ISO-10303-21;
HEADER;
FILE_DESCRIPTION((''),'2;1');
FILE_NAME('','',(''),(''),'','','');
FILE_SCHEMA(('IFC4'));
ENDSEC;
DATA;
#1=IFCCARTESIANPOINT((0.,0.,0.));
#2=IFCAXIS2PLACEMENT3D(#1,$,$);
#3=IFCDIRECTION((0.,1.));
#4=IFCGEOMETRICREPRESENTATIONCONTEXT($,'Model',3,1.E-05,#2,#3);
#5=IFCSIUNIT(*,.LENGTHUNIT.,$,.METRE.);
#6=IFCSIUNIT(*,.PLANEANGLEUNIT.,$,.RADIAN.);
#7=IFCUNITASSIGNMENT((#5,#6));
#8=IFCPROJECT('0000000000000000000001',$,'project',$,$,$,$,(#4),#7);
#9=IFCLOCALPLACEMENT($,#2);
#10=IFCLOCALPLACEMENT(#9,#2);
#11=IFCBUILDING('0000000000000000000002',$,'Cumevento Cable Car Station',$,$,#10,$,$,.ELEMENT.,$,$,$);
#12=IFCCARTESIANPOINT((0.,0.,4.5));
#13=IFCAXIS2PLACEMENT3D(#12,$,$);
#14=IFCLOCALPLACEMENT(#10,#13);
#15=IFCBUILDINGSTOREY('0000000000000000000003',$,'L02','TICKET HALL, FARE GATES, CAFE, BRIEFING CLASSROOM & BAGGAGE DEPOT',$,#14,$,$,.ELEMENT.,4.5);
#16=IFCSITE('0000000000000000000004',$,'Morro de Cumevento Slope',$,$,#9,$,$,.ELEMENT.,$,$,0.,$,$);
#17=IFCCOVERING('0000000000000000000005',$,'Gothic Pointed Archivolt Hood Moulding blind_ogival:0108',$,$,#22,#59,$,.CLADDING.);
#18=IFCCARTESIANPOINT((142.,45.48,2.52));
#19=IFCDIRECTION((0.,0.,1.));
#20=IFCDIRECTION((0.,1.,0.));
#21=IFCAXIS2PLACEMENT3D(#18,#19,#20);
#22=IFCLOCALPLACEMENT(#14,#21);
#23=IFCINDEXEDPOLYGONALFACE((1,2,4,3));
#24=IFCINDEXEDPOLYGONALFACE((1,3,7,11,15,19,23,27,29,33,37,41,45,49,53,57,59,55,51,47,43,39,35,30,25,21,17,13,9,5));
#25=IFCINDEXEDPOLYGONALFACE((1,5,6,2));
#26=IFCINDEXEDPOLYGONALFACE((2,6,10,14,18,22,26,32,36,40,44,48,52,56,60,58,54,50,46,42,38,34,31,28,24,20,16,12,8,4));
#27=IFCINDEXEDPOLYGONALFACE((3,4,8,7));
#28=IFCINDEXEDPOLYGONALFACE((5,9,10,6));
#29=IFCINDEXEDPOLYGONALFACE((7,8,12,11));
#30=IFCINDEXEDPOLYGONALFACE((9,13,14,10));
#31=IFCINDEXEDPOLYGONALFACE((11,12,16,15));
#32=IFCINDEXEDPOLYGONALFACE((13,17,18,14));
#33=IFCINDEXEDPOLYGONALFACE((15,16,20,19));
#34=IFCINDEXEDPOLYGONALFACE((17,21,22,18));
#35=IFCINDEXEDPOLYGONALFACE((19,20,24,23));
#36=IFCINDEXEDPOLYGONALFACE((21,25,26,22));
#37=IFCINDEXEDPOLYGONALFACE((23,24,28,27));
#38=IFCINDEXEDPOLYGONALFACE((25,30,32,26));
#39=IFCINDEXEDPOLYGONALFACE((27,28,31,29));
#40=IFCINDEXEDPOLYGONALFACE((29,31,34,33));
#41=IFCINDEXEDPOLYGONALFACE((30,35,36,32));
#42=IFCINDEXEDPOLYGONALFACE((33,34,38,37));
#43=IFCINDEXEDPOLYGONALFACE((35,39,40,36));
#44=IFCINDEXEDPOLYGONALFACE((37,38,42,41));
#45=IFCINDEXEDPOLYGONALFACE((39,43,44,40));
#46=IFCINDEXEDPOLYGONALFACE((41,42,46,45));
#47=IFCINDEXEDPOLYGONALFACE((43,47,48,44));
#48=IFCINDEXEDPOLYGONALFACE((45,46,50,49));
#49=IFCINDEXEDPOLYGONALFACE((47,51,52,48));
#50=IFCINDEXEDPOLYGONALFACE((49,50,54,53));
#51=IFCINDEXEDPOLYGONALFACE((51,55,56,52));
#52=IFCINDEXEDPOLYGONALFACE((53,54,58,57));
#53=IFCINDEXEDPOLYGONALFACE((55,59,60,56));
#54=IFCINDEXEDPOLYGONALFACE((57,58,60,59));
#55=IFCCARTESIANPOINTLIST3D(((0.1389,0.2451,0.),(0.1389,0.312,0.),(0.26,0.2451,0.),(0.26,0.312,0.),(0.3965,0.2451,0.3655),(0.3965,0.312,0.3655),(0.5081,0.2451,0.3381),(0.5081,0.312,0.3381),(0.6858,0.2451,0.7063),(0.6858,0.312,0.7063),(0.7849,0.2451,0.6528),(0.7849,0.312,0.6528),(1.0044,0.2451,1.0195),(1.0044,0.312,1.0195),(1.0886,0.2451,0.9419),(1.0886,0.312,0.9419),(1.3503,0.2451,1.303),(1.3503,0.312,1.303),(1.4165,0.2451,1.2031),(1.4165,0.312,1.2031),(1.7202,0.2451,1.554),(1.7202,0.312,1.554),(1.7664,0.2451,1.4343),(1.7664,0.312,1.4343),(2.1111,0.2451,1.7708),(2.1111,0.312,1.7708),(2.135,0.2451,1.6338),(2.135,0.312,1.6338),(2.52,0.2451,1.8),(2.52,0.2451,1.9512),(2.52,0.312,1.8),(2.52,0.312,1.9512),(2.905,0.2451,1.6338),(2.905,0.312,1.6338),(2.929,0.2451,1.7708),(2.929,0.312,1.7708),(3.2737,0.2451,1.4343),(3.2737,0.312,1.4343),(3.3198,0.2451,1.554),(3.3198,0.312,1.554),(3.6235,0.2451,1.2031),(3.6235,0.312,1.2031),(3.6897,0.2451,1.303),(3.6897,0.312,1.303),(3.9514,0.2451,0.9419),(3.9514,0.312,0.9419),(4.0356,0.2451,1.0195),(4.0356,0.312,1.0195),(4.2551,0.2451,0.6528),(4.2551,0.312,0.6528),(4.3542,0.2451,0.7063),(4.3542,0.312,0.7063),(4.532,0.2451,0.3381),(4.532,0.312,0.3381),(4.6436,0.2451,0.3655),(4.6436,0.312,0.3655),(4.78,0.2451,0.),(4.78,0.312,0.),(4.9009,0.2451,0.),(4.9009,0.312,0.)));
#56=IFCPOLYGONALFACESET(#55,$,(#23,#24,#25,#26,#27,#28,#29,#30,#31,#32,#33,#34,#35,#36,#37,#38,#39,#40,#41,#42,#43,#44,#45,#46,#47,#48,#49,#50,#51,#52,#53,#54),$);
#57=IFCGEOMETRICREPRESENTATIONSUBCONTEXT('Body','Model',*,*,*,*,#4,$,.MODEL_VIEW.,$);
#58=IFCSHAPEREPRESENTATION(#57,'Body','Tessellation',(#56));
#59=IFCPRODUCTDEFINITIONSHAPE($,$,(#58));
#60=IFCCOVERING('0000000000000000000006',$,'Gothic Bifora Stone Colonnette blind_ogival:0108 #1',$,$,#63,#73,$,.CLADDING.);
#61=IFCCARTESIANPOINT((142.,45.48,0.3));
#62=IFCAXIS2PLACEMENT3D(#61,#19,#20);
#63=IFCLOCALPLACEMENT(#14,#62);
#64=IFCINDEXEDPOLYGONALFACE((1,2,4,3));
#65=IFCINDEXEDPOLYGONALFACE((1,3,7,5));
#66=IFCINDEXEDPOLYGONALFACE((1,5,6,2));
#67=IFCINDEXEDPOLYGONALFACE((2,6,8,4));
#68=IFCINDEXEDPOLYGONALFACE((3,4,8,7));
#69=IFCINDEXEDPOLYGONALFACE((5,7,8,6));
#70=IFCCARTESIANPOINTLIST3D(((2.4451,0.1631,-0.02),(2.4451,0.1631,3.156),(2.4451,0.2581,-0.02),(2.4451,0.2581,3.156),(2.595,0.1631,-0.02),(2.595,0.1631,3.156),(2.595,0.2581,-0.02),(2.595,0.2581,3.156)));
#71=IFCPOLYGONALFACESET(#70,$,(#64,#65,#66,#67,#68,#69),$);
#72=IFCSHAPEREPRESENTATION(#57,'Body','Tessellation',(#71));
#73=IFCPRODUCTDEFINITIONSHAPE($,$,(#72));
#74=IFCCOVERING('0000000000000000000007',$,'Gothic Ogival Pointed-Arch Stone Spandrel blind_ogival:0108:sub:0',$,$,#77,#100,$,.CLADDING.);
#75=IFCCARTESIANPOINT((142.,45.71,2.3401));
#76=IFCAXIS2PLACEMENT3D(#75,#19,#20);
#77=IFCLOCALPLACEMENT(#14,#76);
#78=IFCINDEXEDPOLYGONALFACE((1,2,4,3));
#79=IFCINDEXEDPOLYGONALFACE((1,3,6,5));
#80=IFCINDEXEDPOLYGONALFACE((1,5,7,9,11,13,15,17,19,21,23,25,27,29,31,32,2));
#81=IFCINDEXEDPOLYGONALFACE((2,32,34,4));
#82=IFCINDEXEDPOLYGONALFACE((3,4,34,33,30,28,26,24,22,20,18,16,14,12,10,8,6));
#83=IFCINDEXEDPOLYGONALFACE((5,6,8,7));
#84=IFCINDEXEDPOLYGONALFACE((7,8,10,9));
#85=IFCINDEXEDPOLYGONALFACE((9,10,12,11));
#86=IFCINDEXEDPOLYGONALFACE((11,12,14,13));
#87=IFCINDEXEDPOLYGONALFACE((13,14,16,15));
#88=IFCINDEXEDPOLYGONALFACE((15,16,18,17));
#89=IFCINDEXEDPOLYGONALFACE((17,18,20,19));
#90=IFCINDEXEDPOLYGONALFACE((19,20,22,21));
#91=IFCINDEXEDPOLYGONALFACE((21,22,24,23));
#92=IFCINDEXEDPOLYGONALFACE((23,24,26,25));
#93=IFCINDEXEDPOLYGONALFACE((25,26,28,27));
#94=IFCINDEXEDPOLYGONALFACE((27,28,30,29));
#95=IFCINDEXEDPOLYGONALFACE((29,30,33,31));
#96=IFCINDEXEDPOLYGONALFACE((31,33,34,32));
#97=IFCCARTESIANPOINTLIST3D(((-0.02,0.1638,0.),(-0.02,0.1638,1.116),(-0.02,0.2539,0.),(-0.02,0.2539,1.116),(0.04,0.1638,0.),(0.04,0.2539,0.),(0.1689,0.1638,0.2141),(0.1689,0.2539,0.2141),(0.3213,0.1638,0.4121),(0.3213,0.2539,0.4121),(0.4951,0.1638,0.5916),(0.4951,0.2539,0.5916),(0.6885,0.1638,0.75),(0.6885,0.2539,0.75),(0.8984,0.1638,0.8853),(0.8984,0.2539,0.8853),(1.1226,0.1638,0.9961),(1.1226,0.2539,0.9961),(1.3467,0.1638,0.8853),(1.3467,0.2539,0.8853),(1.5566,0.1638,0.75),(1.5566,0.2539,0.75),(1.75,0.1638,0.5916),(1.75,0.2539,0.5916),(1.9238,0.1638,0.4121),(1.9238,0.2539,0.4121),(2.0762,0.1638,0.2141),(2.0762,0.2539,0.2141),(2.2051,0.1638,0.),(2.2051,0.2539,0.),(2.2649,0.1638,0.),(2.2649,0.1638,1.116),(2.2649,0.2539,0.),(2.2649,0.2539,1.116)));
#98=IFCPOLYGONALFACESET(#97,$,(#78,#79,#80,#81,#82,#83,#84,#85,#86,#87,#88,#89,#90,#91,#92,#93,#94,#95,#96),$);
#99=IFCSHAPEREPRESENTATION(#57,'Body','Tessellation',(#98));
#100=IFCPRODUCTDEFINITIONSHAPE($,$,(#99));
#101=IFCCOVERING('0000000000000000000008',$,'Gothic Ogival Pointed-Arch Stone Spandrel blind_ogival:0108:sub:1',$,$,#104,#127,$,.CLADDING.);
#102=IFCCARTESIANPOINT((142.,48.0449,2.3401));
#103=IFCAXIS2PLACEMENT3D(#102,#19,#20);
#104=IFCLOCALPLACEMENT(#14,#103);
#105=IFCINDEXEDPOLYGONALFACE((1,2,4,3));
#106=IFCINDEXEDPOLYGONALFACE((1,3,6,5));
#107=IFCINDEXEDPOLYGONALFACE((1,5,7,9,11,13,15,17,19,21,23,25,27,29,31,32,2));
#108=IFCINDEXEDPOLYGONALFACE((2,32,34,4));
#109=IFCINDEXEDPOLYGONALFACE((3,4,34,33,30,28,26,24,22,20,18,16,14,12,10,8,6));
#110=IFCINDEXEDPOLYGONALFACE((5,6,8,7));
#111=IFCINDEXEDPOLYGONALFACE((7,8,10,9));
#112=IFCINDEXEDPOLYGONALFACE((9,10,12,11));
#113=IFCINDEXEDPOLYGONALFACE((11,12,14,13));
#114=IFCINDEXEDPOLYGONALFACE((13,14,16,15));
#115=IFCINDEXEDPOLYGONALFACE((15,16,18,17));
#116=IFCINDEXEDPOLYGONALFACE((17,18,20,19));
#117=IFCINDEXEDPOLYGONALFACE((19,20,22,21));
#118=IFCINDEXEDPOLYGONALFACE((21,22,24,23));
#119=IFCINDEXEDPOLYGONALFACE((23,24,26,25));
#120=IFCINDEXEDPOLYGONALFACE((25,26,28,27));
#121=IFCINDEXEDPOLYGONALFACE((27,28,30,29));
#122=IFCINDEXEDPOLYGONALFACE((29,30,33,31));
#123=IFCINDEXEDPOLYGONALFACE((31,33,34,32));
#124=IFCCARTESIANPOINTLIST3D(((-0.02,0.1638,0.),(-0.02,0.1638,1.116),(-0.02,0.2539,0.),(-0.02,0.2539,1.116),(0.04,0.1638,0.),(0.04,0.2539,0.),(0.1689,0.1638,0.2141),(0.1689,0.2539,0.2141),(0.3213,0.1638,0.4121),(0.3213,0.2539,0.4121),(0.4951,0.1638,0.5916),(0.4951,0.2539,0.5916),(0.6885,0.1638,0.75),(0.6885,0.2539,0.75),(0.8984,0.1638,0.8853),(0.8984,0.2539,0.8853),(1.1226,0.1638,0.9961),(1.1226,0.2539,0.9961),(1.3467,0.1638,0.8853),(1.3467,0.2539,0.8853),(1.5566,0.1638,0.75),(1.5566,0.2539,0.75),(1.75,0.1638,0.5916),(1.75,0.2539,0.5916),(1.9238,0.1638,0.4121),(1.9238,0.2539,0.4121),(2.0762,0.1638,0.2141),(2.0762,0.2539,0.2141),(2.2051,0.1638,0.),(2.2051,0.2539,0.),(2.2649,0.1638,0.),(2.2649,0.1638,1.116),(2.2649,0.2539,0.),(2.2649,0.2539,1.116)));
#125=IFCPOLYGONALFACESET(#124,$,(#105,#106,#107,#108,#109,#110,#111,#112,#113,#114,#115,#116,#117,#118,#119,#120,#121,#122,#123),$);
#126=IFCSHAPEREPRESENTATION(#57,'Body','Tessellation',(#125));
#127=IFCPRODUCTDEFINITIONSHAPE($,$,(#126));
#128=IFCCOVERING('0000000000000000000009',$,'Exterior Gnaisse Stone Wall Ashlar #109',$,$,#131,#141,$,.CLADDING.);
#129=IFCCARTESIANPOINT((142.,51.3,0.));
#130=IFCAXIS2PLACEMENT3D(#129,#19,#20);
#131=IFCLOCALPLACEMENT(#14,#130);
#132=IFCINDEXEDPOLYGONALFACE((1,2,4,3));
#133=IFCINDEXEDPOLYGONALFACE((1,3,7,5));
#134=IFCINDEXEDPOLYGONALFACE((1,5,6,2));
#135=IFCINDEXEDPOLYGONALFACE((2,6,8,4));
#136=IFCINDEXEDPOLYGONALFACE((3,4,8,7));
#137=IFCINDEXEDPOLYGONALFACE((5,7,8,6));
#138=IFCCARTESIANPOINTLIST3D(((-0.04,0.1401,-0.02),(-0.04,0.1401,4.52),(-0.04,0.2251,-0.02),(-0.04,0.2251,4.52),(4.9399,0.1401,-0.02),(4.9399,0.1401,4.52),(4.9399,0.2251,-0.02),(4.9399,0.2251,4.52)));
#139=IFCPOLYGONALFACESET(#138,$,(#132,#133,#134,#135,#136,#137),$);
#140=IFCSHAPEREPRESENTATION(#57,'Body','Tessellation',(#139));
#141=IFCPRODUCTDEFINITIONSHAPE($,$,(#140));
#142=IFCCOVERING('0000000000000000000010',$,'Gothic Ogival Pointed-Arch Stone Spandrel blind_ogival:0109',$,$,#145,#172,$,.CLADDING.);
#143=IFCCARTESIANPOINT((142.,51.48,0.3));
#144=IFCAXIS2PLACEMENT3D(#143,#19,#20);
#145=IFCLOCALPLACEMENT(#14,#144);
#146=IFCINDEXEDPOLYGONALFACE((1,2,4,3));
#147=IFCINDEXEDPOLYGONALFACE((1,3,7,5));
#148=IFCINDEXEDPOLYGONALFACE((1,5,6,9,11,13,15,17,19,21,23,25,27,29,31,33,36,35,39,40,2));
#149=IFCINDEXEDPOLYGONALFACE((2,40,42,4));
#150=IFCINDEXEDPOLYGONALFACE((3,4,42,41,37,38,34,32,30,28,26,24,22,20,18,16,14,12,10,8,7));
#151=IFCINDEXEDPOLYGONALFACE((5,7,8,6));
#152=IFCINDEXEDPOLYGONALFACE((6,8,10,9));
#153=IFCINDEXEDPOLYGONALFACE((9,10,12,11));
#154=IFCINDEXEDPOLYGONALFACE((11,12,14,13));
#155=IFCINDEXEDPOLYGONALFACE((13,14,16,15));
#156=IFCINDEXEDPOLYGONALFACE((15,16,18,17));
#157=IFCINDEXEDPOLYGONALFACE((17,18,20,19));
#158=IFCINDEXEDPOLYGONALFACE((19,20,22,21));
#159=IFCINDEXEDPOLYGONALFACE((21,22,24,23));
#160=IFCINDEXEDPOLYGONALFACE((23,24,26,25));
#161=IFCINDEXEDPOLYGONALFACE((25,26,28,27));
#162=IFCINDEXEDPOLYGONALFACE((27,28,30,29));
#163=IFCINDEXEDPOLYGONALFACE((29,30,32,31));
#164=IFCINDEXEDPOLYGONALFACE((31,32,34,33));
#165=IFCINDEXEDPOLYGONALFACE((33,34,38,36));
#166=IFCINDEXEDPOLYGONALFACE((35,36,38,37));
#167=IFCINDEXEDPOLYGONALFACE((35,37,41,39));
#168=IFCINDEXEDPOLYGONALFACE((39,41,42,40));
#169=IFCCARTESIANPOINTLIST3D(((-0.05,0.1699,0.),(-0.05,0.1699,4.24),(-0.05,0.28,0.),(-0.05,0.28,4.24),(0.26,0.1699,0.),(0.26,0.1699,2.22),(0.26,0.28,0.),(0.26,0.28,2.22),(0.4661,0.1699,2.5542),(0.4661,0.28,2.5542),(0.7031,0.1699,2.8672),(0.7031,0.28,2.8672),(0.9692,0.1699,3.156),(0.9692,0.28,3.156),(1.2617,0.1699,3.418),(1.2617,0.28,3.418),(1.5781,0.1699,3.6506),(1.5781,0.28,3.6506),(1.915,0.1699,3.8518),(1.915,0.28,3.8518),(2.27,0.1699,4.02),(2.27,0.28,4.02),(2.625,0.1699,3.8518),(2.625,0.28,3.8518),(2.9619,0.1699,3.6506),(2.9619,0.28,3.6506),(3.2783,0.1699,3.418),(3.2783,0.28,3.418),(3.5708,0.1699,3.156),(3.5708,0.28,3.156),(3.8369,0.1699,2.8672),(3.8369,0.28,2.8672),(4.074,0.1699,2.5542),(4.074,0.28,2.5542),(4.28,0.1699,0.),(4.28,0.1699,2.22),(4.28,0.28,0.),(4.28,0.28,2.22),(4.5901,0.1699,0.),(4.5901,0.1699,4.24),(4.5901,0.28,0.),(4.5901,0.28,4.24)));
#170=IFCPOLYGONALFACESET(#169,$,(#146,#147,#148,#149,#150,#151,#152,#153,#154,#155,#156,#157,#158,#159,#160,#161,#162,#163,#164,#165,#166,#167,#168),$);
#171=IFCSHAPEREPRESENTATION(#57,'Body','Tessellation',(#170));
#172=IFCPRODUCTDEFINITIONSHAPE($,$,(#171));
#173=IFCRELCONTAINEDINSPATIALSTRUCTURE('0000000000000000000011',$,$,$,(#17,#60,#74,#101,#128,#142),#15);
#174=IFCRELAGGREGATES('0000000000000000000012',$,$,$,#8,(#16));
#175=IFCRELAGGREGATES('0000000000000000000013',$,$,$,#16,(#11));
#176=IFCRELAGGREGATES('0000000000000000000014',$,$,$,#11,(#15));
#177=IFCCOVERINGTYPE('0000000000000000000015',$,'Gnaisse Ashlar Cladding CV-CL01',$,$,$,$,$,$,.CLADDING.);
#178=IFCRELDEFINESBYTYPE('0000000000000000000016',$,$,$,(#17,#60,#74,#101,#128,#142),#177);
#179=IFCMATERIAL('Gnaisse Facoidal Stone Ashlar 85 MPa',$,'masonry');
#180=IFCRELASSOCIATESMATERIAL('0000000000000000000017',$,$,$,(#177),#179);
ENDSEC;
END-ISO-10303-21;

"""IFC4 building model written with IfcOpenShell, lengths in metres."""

from ifc_helpers import new_model, si_unit, direction, frame, origin, place, context, subcontext, project, spatial, polyline, outline, extrude, material, type_object, element, save


model = new_model("IFC4")

# Units and contexts
model_context = context("Model", 3, precision=1e-05, world=origin(), true_north=direction((0.0, 1.0)))
body_context = subcontext(model_context, "Body", "Model", "MODEL_VIEW")
ifc_project = project(units=[si_unit("LENGTHUNIT", "METRE"), si_unit("PLANEANGLEUNIT", "RADIAN")], contexts=[model_context])

# Site, building, storey
site_placement = place(None, origin())
site = spatial("IfcSite", under=ifc_project, at=site_placement, Name="Morro de Cumevento Slope", CompositionType="ELEMENT", RefElevation=0.0)
building_placement = place(site_placement, origin())
building = spatial("IfcBuilding", under=site, at=building_placement, Name="Cumevento Cable Car Station", CompositionType="ELEMENT")
storey_placement = place(building_placement, frame((0.0, 0.0, 4.5)))
storey = spatial("IfcBuildingStorey", under=building, at=storey_placement, Name="L02", Description="TICKET HALL, FARE GATES, CAFE, BRIEFING CLASSROOM & BAGGAGE DEPOT", CompositionType="ELEMENT", Elevation=4.5)

# Coverings
ifc_material_1 = material(Name="Gnaisse Facoidal Stone Ashlar 85 MPa", Category="masonry")
covering_type = type_object("IfcCoveringType", Name="Gnaisse Ashlar Cladding CV-CL01", PredefinedType="CLADDING", material=ifc_material_1)
placement_1 = place(storey_placement, frame((142.0, 45.48, 0.3), z_axis=(0.0, 0.0, 1.0), x_axis=(0.0, 1.0, 0.0)))
covering_1_placement = place(storey_placement, frame((142.0, 45.48, 2.52), z_axis=(0.0, 0.0, 1.0), x_axis=(0.0, 1.0, 0.0)))
element("IfcCovering", 1, at=covering_1_placement, inside=storey, type_object=covering_type, Name="Gothic Pointed Archivolt Hood Moulding blind_ogival:0108", PredefinedType="CLADDING", context=body_context, shape_type="SweptSolid", body=[
    extrude(outline(polyline([(0.26, 0.0), (0.5081, 0.3381), (0.7849, 0.6528), (1.0886, 0.9419), (1.4165, 1.2031), (1.7664, 1.4343), (2.135, 1.6338), (2.52, 1.8), (2.905, 1.6338), (3.2737, 1.4343), (3.6235, 1.2031), (3.9514, 0.9419), (4.2551, 0.6528), (4.532, 0.3381), (4.78, 0.0), (4.9009, 0.0), (4.6436, 0.3655), (4.3542, 0.7063), (4.0356, 1.0195), (3.6897, 1.303), (3.3198, 1.554), (2.929, 1.7708), (2.52, 1.9512), (2.1111, 1.7708), (1.7202, 1.554), (1.3503, 1.303), (1.0044, 1.0195), (0.6858, 0.7063), (0.3965, 0.3655), (0.1389, 0.0), (0.26, 0.0)])), frame((0.0, 0.312, 0.0), z_axis=(0.0, -1.0, 0.0), x_axis=(1.0, 0.0, 0.0)), (0.0, 0.0, 1.0), 0.0669),
])
element("IfcCovering", 2, at=placement_1, inside=storey, type_object=covering_type, Name="Gothic Bifora Stone Colonnette blind_ogival:0108 #1", PredefinedType="CLADDING", context=body_context, shape_type="SweptSolid", body=[
    extrude(outline(polyline([(2.4451, -0.02), (2.595, -0.02), (2.595, 3.156), (2.4451, 3.156), (2.4451, -0.02)])), frame((0.0, 0.2581, 0.0), z_axis=(0.0, -1.0, 0.0), x_axis=(1.0, 0.0, 0.0)), (0.0, 0.0, 1.0), 0.095),
])
for number, where, z_axis, x_axis, name in (
    (3, (142.0, 45.71, 2.3401), (0.0, 0.0, 1.0), (0.0, 1.0, 0.0), "Gothic Ogival Pointed-Arch Stone Spandrel blind_ogival:0108:sub:0"),
    (4, (142.0, 48.0449, 2.3401), (0.0, 0.0, 1.0), (0.0, 1.0, 0.0), "Gothic Ogival Pointed-Arch Stone Spandrel blind_ogival:0108:sub:1"),
):
    element("IfcCovering", number, at=place(storey_placement, frame(where, z_axis=z_axis, x_axis=x_axis)), inside=storey, type_object=covering_type, Name=name, PredefinedType="CLADDING", context=body_context, shape_type="SweptSolid", body=[
        extrude(outline(polyline([(-0.02, 0.0), (-0.02, 1.116), (2.2649, 1.116), (2.2649, 0.0), (2.2051, 0.0), (2.0762, 0.2141), (1.9238, 0.4121), (1.75, 0.5916), (1.5566, 0.75), (1.3467, 0.8853), (1.1226, 0.9961), (0.8984, 0.8853), (0.6885, 0.75), (0.4951, 0.5916), (0.3213, 0.4121), (0.1689, 0.2141), (0.04, 0.0), (-0.02, 0.0)])), frame((0.0, 0.2539, 0.0), z_axis=(0.0, -1.0, 0.0), x_axis=(1.0, 0.0, 0.0)), (0.0, 0.0, 1.0), 0.0901),
    ])
covering_2_placement = place(storey_placement, frame((142.0, 51.3, 0.0), z_axis=(0.0, 0.0, 1.0), x_axis=(0.0, 1.0, 0.0)))
element("IfcCovering", 5, at=covering_2_placement, inside=storey, type_object=covering_type, Name="Exterior Gnaisse Stone Wall Ashlar #109", PredefinedType="CLADDING", context=body_context, shape_type="SweptSolid", body=[
    extrude(outline(polyline([(-0.04, -0.02), (4.9399, -0.02), (4.9399, 4.52), (-0.04, 4.52), (-0.04, -0.02)])), frame((0.0, 0.2251, 0.0), z_axis=(0.0, -1.0, 0.0), x_axis=(1.0, 0.0, 0.0)), (0.0, 0.0, 1.0), 0.085),
])
placement_2 = place(storey_placement, frame((142.0, 51.48, 0.3), z_axis=(0.0, 0.0, 1.0), x_axis=(0.0, 1.0, 0.0)))
element("IfcCovering", 6, at=placement_2, inside=storey, type_object=covering_type, Name="Gothic Ogival Pointed-Arch Stone Spandrel blind_ogival:0109", PredefinedType="CLADDING", context=body_context, shape_type="SweptSolid", body=[
    extrude(outline(polyline([(-0.05, 0.0), (-0.05, 4.24), (4.5901, 4.24), (4.5901, 0.0), (4.28, 0.0), (4.28, 2.22), (4.074, 2.5542), (3.8369, 2.8672), (3.5708, 3.156), (3.2783, 3.418), (2.9619, 3.6506), (2.625, 3.8518), (2.27, 4.02), (1.915, 3.8518), (1.5781, 3.6506), (1.2617, 3.418), (0.9692, 3.156), (0.7031, 2.8672), (0.4661, 2.5542), (0.26, 2.22), (0.26, 0.0), (-0.05, 0.0)])), frame((0.0, 0.28, 0.0), z_axis=(0.0, -1.0, 0.0), x_axis=(1.0, 0.0, 0.0)), (0.0, 0.0, 1.0), 0.1101),
])

save(model, "model.ifc")
